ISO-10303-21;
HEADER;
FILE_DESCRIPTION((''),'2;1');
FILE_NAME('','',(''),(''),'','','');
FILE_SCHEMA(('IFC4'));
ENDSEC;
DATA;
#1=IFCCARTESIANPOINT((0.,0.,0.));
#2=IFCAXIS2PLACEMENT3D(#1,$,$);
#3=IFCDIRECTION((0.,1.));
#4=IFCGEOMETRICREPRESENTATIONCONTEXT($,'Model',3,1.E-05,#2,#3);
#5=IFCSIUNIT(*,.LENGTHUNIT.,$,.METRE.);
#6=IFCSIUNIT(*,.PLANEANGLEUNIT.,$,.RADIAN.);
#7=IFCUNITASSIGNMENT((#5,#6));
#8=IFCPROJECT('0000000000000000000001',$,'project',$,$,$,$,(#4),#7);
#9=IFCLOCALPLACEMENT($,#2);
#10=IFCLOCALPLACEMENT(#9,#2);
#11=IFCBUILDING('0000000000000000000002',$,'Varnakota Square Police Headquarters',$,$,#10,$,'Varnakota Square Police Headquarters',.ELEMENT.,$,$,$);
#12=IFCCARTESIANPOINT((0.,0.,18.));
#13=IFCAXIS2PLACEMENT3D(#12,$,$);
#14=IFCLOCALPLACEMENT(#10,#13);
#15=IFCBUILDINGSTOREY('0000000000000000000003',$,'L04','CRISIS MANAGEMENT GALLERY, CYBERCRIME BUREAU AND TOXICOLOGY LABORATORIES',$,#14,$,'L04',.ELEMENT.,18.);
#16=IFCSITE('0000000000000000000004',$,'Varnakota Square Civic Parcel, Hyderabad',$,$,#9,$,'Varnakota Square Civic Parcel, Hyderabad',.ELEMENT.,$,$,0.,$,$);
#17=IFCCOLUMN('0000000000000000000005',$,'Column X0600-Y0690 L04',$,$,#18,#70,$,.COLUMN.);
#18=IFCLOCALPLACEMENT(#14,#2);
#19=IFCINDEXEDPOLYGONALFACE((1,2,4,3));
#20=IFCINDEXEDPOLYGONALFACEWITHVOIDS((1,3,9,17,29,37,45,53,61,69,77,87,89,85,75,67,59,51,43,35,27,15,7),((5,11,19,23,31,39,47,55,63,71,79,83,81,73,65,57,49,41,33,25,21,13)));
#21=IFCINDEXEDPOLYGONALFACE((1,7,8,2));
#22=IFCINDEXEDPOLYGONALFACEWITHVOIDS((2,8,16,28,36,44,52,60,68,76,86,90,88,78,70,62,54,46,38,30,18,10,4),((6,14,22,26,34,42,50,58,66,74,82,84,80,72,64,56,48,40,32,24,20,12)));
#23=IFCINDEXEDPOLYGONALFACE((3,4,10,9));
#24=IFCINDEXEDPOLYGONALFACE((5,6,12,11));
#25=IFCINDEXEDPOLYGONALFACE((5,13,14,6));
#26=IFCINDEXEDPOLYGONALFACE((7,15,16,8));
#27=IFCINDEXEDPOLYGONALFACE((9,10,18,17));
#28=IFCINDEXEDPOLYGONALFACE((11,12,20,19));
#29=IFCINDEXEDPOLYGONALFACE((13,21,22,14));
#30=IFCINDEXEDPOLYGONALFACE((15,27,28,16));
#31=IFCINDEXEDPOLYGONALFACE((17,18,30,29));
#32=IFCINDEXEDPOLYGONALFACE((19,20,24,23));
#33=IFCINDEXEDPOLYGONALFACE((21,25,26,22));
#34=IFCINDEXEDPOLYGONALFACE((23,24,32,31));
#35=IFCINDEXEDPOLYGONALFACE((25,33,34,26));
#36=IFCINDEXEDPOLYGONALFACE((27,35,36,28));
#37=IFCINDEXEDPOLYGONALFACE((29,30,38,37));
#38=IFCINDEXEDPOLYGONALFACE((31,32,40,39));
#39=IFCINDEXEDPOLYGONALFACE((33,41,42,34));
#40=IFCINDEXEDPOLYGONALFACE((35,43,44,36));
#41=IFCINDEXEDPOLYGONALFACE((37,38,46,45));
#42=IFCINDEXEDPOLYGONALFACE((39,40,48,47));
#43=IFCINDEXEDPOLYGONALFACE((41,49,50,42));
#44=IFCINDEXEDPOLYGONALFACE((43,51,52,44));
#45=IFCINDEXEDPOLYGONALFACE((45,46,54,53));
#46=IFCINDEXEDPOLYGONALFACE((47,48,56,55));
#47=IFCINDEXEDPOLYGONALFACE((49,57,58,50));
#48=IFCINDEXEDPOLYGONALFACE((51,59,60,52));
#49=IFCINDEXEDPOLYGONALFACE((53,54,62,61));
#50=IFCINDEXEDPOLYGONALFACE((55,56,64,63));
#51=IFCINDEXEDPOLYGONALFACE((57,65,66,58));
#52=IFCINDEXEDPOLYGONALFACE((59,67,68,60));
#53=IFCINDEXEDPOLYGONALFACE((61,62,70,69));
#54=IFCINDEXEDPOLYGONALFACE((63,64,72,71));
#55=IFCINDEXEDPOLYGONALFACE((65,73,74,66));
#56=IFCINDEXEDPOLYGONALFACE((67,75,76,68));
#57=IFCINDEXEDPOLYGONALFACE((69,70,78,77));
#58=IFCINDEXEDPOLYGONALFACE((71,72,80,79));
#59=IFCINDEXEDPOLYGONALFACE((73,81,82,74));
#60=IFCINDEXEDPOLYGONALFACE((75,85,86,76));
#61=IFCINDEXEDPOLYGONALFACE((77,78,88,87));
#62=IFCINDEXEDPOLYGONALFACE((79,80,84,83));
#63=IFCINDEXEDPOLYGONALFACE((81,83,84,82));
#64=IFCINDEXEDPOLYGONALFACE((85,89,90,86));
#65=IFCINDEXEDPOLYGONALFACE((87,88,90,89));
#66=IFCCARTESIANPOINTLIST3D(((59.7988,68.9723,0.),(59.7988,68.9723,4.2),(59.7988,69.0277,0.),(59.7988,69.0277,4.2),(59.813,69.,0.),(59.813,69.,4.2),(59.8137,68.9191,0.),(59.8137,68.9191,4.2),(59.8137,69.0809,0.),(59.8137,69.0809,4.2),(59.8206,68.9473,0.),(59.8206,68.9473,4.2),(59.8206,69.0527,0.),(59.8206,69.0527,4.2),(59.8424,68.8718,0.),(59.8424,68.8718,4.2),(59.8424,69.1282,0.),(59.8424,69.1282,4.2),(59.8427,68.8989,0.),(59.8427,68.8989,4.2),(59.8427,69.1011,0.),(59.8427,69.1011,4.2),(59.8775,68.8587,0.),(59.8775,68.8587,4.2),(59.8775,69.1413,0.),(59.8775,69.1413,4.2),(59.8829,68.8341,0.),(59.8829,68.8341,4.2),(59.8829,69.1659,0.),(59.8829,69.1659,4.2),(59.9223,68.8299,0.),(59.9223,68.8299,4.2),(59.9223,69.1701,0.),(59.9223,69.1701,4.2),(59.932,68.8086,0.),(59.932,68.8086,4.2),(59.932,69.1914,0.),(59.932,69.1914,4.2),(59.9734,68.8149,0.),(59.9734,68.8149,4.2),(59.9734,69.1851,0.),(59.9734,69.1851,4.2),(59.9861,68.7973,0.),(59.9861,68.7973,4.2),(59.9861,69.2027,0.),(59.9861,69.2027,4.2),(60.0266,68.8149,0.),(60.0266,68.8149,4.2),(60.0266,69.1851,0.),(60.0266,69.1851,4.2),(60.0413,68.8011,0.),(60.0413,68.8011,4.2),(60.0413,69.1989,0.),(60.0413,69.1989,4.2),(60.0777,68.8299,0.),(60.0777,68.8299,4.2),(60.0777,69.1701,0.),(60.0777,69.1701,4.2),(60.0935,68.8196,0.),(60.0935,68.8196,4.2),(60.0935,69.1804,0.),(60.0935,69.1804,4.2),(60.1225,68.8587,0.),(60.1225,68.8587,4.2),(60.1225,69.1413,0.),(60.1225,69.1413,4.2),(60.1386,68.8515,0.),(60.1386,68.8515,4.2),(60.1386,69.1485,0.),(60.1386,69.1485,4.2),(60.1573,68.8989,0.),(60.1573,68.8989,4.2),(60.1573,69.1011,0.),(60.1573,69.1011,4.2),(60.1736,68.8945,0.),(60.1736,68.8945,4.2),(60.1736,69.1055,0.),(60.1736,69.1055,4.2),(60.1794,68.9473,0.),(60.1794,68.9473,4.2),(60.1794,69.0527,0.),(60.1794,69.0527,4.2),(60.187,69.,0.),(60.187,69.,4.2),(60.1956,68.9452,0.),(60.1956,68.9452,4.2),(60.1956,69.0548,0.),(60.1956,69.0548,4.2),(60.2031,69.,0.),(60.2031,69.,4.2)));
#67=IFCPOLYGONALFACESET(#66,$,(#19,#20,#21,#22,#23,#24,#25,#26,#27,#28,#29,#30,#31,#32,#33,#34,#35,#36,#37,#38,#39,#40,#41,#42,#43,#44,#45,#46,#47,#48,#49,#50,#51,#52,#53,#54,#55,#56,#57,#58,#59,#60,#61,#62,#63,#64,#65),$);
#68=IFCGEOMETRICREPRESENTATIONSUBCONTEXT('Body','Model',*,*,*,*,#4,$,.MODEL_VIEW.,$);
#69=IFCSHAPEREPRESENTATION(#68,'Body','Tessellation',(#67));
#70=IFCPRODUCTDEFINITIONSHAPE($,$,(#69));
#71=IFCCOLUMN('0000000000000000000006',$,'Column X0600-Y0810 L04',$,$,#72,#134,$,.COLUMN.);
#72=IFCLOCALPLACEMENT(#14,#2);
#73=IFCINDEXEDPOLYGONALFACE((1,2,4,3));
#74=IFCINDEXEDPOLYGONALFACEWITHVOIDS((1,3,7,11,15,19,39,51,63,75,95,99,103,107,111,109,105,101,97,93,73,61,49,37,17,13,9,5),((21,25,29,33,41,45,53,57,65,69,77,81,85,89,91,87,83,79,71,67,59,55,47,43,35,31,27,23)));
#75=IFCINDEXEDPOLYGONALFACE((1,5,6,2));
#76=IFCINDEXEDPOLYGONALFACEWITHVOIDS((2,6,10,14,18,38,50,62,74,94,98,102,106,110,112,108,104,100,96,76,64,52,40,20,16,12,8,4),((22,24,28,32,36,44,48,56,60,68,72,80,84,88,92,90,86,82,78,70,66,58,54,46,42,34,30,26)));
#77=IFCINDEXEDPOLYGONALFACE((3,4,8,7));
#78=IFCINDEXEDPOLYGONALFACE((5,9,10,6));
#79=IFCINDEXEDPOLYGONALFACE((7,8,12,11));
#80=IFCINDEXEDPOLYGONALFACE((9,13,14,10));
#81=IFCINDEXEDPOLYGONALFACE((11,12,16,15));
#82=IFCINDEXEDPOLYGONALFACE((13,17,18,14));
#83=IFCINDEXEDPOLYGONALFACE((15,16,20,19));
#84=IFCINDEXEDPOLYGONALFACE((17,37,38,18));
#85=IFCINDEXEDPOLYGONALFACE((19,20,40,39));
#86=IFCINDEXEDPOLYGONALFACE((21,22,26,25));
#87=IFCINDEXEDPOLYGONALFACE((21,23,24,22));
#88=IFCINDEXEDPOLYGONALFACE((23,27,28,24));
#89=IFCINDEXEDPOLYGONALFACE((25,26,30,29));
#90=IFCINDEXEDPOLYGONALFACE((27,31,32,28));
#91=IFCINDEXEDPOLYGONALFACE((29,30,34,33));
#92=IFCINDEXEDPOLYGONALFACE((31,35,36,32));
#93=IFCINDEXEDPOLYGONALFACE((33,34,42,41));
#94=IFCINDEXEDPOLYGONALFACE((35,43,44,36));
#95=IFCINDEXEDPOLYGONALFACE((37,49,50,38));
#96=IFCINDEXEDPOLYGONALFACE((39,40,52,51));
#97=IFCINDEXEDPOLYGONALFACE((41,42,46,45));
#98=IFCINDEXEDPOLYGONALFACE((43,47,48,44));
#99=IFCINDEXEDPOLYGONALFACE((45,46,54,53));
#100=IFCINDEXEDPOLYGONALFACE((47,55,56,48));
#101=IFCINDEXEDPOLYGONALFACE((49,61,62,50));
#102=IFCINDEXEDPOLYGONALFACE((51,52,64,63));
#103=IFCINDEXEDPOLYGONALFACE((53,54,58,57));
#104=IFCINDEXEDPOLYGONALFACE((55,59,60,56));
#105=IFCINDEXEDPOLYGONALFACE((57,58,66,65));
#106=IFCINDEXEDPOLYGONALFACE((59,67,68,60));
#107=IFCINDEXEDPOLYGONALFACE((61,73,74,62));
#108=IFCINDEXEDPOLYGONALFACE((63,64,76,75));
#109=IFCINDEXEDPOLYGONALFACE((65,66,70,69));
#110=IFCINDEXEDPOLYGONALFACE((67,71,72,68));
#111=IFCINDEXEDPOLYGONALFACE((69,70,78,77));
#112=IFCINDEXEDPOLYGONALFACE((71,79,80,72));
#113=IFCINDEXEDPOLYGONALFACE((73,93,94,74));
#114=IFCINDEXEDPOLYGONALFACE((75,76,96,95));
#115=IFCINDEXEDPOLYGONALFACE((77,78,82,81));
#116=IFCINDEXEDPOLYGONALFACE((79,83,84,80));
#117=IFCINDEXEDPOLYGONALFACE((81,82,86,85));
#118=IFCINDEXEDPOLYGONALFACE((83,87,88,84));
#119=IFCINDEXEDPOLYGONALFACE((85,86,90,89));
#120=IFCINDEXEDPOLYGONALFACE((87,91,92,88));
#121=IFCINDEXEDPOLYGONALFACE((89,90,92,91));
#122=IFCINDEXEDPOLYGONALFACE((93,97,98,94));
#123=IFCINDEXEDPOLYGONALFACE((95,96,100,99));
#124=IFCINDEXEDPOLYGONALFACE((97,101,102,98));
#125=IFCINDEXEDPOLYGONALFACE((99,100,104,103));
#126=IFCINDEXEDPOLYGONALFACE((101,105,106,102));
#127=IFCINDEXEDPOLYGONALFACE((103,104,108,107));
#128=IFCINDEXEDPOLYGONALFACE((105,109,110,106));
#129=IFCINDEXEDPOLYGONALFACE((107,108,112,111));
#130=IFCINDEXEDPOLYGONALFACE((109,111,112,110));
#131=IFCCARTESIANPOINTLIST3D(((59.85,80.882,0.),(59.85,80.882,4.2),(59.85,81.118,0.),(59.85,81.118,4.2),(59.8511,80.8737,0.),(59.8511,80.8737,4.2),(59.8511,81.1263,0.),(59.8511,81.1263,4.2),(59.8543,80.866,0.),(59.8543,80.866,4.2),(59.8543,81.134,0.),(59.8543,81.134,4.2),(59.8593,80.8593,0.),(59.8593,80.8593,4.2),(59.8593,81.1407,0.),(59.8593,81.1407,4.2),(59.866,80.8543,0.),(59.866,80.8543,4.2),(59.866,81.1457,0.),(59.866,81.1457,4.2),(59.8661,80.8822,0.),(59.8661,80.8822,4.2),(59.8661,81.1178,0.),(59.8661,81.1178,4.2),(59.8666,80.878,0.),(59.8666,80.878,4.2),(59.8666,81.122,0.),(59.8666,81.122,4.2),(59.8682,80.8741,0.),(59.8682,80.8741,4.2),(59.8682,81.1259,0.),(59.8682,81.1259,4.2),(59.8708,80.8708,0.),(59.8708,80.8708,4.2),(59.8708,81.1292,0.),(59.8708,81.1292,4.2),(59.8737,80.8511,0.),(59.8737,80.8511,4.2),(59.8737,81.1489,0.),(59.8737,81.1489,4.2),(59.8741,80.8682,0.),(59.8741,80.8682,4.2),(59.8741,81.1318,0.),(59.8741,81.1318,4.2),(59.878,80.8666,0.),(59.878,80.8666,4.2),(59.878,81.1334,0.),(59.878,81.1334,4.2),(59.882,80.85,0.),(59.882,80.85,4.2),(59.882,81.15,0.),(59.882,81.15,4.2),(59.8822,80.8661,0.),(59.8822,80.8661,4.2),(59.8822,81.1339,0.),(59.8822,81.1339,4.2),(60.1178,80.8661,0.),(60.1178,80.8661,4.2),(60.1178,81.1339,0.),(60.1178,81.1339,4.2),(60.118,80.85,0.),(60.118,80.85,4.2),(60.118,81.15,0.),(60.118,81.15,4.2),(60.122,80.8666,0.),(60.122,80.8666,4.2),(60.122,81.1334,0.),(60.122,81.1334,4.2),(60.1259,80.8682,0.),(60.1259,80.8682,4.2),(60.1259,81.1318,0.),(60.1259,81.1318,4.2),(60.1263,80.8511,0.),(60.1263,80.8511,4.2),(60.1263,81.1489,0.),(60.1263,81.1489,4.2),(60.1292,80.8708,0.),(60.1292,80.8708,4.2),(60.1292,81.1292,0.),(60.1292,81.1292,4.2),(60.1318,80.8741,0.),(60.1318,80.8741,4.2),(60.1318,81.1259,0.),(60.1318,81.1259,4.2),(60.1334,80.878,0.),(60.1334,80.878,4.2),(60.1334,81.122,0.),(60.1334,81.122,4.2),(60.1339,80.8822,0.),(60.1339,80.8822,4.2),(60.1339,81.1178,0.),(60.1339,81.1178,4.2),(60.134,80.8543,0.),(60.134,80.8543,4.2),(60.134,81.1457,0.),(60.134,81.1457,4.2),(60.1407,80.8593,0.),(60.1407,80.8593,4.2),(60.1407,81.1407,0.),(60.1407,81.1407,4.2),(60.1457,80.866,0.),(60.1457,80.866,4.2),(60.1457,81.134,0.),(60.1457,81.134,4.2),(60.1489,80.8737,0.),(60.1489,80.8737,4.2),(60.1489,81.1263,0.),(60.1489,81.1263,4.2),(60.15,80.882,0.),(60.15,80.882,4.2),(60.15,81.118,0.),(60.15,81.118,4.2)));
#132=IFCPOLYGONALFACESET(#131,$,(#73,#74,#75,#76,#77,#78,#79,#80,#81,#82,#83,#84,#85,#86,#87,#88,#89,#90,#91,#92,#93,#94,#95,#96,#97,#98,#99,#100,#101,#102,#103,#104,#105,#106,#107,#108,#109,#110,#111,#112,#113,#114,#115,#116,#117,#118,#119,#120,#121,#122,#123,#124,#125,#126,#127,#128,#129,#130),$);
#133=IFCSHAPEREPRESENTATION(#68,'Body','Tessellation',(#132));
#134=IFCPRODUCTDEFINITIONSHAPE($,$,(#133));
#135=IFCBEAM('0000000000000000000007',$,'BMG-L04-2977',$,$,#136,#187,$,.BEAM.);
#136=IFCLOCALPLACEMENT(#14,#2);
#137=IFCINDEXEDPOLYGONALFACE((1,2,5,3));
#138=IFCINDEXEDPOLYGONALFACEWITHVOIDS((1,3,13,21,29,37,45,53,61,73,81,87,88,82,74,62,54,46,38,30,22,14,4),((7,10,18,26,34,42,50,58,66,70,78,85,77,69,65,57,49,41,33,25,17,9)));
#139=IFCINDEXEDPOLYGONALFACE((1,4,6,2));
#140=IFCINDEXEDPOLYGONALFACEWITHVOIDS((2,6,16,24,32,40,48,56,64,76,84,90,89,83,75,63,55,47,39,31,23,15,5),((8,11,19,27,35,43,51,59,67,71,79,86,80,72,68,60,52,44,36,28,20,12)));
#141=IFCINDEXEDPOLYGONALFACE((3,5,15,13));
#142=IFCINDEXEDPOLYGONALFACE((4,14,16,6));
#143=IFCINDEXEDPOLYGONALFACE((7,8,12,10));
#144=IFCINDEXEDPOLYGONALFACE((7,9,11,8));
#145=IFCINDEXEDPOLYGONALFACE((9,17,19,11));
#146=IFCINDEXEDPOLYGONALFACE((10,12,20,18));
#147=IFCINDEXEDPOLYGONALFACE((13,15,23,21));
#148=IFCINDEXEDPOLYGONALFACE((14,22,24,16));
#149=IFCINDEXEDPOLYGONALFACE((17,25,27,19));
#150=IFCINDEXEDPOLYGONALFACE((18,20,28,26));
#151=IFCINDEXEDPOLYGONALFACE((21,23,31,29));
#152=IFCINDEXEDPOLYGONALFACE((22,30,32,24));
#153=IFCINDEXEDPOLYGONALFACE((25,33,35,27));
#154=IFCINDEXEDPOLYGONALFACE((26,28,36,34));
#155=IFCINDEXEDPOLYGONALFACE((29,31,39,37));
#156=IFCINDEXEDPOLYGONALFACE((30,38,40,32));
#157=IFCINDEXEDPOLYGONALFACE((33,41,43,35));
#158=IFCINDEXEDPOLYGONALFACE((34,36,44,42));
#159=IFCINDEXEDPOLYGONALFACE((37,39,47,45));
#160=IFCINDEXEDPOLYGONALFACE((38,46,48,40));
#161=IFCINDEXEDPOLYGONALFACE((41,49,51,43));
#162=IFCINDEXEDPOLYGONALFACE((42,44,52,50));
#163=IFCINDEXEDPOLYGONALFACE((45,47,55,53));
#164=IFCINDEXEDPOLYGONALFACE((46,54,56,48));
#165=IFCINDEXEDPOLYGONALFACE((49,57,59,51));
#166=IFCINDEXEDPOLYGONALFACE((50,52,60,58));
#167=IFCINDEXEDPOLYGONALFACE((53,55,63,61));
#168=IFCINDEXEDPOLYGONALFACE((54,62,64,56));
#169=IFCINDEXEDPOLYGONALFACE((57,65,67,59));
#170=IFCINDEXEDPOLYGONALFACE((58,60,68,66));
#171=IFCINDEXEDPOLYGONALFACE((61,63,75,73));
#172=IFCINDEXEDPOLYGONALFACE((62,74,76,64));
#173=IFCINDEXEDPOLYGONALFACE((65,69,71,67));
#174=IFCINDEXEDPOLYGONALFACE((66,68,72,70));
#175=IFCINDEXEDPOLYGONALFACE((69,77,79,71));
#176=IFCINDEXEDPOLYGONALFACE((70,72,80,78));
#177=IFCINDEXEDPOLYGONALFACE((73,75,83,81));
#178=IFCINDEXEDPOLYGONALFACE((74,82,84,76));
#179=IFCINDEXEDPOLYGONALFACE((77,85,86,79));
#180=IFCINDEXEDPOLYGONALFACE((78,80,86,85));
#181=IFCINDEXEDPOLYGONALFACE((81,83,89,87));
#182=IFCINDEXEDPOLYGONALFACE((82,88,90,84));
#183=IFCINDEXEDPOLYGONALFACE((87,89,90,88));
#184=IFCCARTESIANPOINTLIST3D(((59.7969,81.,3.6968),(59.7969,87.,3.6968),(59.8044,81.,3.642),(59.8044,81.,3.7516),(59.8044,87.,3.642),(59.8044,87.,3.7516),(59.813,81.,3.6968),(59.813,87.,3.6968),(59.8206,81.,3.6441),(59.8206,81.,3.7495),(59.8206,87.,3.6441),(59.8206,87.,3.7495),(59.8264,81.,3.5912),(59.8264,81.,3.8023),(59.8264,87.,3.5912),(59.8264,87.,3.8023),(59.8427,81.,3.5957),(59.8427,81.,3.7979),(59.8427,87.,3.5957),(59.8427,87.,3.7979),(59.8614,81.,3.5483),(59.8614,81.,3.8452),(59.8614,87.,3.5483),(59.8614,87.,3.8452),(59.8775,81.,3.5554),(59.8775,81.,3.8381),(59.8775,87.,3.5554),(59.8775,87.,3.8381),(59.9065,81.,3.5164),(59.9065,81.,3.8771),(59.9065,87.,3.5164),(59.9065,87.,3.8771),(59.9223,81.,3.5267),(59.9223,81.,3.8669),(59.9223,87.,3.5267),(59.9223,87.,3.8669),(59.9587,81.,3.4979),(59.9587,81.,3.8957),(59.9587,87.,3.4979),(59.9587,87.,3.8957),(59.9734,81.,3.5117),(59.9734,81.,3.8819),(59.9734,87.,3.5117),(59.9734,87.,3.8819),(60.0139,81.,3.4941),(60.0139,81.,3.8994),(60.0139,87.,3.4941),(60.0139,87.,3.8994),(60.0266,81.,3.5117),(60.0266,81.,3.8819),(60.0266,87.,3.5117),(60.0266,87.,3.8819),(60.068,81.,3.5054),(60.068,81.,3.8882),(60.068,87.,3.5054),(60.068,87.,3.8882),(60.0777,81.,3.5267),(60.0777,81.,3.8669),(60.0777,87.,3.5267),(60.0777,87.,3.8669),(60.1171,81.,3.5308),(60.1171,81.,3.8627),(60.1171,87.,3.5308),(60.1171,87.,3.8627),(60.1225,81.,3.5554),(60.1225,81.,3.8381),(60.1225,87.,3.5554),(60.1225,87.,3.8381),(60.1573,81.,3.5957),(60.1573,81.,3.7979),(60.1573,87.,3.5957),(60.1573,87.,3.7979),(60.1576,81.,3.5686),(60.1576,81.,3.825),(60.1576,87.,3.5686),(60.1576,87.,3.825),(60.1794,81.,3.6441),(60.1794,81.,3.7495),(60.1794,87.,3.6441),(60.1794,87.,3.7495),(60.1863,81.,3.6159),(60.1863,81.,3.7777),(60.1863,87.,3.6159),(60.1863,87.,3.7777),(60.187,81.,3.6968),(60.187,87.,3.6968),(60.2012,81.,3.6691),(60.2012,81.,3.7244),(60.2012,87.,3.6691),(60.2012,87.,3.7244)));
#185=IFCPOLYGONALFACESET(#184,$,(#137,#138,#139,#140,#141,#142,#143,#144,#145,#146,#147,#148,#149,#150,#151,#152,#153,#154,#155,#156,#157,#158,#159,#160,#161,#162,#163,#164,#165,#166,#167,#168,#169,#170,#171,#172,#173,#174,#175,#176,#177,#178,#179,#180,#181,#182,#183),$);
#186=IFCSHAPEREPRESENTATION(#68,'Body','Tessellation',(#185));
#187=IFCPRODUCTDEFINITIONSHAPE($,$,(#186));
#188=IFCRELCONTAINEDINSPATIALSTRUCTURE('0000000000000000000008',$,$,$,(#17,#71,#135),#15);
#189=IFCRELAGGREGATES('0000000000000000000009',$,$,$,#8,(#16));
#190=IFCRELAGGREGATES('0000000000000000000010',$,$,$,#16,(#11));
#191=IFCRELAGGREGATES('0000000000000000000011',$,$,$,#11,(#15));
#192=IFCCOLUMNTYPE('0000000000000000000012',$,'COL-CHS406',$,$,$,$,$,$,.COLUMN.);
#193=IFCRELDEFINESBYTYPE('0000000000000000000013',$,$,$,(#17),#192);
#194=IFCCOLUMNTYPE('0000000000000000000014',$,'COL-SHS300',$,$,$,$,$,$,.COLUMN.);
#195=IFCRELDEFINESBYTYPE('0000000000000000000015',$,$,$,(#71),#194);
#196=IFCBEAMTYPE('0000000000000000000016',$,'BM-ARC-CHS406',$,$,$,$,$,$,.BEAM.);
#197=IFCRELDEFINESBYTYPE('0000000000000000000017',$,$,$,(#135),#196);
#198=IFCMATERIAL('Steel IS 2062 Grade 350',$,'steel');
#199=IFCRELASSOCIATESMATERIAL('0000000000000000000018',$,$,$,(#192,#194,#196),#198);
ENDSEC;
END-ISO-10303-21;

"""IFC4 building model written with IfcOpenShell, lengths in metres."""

from ifc_helpers import new_model, si_unit, direction, frame, origin, origin_2d, place, context, subcontext, project, spatial, hollow_rectangle, hollow_circle, extrude, material, material_profile, profile_set, type_object, element, save


model = new_model("IFC4")

# Units and contexts
model_context = context("Model", 3, precision=1e-05, world=origin(), true_north=direction((0.0, 1.0)))
body_context = subcontext(model_context, "Body", "Model", "MODEL_VIEW")
ifc_project = project(units=[si_unit("LENGTHUNIT", "METRE"), si_unit("PLANEANGLEUNIT", "RADIAN")], contexts=[model_context])

# Site, building, storey
site_placement = place(None, origin())
site = spatial("IfcSite", under=ifc_project, at=site_placement, Name="Varnakota Square Civic Parcel, Hyderabad", LongName="Varnakota Square Civic Parcel, Hyderabad", CompositionType="ELEMENT", RefElevation=0.0)
building_placement = place(site_placement, origin())
building = spatial("IfcBuilding", under=site, at=building_placement, Name="Varnakota Square Police Headquarters", LongName="Varnakota Square Police Headquarters", CompositionType="ELEMENT")
storey_placement = place(building_placement, frame((0.0, 0.0, 18.0)))
storey = spatial("IfcBuildingStorey", under=building, at=storey_placement, Name="L04", Description="CRISIS MANAGEMENT GALLERY, CYBERCRIME BUREAU AND TOXICOLOGY LABORATORIES", LongName="L04", CompositionType="ELEMENT", Elevation=18.0)

# Columns
ifc_material_1 = material(Name="Steel IS 2062 Grade 350", Category="steel")
ifc_material_profile_1 = material_profile(ifc_material_1, hollow_circle(Radius=0.2031, WallThickness=0.0161, at=origin_2d()), Name="CHS 406.4x16.0")
ifc_profile_set_1 = profile_set([ifc_material_profile_1], Name="Steel IS 2062 Grade 350")
column_type_1 = type_object("IfcColumnType", Name="COL-CHS406", PredefinedType="COLUMN", material=ifc_profile_set_1)
column_1_placement = place(storey_placement, frame((60.0, 69.0, 0.0), z_axis=(0.0, 0.0, 1.0), x_axis=(1.0, 0.0, 0.0)))
element("IfcColumn", 1, at=column_1_placement, inside=storey, type_object=column_type_1, Name="Column X0600-Y0690 L04", PredefinedType="COLUMN", context=body_context, shape_type="SweptSolid", body=[
    extrude(hollow_circle(Radius=0.2031, WallThickness=0.0161, at=origin_2d()), origin(), (0.0, 0.0, 1.0), 4.2),
])
ifc_material_profile_2 = material_profile(ifc_material_1, hollow_rectangle(XDim=0.3, YDim=0.3, WallThickness=0.0161, InnerFilletRadius=0.0161, OuterFilletRadius=0.032, at=origin_2d()), Name="SHS 300x300x16")
ifc_profile_set_2 = profile_set([ifc_material_profile_2], Name="Steel IS 2062 Grade 350")
column_type_2 = type_object("IfcColumnType", Name="COL-SHS300", PredefinedType="COLUMN", material=ifc_profile_set_2)
column_2_placement = place(storey_placement, frame((60.0, 81.0, 0.0), z_axis=(0.0, 0.0, 1.0), x_axis=(1.0, 0.0, 0.0)))
element("IfcColumn", 2, at=column_2_placement, inside=storey, type_object=column_type_2, Name="Column X0600-Y0810 L04", PredefinedType="COLUMN", context=body_context, shape_type="SweptSolid", body=[
    extrude(hollow_rectangle(XDim=0.3, YDim=0.3, WallThickness=0.0161, InnerFilletRadius=0.0161, OuterFilletRadius=0.032, at=origin_2d()), origin(), (0.0, 0.0, 1.0), 4.2),
])

# Beam
ifc_material_profile_3 = material_profile(ifc_material_1, hollow_circle(Radius=0.2031, WallThickness=0.0161, at=origin_2d()), Name="CHS 406.4x16.0")
ifc_profile_set_3 = profile_set([ifc_material_profile_3], Name="Steel IS 2062 Grade 350")
beam_type_1 = type_object("IfcBeamType", Name="BM-ARC-CHS406", PredefinedType="BEAM", material=ifc_profile_set_3)
beam_1_placement = place(storey_placement, frame((60.0, 81.0, 3.6968), z_axis=(0.0, 1.0, 0.0), x_axis=(-1.0, 0.0, 0.0)))
element("IfcBeam", 3, at=beam_1_placement, inside=storey, type_object=beam_type_1, Name="BMG-L04-2977", PredefinedType="BEAM", context=body_context, shape_type="SweptSolid", body=[
    extrude(hollow_circle(Radius=0.2031, WallThickness=0.0161, at=origin_2d()), origin(), (0.0, 0.0, 1.0), 6.0),
])

save(model, "model.ifc")
